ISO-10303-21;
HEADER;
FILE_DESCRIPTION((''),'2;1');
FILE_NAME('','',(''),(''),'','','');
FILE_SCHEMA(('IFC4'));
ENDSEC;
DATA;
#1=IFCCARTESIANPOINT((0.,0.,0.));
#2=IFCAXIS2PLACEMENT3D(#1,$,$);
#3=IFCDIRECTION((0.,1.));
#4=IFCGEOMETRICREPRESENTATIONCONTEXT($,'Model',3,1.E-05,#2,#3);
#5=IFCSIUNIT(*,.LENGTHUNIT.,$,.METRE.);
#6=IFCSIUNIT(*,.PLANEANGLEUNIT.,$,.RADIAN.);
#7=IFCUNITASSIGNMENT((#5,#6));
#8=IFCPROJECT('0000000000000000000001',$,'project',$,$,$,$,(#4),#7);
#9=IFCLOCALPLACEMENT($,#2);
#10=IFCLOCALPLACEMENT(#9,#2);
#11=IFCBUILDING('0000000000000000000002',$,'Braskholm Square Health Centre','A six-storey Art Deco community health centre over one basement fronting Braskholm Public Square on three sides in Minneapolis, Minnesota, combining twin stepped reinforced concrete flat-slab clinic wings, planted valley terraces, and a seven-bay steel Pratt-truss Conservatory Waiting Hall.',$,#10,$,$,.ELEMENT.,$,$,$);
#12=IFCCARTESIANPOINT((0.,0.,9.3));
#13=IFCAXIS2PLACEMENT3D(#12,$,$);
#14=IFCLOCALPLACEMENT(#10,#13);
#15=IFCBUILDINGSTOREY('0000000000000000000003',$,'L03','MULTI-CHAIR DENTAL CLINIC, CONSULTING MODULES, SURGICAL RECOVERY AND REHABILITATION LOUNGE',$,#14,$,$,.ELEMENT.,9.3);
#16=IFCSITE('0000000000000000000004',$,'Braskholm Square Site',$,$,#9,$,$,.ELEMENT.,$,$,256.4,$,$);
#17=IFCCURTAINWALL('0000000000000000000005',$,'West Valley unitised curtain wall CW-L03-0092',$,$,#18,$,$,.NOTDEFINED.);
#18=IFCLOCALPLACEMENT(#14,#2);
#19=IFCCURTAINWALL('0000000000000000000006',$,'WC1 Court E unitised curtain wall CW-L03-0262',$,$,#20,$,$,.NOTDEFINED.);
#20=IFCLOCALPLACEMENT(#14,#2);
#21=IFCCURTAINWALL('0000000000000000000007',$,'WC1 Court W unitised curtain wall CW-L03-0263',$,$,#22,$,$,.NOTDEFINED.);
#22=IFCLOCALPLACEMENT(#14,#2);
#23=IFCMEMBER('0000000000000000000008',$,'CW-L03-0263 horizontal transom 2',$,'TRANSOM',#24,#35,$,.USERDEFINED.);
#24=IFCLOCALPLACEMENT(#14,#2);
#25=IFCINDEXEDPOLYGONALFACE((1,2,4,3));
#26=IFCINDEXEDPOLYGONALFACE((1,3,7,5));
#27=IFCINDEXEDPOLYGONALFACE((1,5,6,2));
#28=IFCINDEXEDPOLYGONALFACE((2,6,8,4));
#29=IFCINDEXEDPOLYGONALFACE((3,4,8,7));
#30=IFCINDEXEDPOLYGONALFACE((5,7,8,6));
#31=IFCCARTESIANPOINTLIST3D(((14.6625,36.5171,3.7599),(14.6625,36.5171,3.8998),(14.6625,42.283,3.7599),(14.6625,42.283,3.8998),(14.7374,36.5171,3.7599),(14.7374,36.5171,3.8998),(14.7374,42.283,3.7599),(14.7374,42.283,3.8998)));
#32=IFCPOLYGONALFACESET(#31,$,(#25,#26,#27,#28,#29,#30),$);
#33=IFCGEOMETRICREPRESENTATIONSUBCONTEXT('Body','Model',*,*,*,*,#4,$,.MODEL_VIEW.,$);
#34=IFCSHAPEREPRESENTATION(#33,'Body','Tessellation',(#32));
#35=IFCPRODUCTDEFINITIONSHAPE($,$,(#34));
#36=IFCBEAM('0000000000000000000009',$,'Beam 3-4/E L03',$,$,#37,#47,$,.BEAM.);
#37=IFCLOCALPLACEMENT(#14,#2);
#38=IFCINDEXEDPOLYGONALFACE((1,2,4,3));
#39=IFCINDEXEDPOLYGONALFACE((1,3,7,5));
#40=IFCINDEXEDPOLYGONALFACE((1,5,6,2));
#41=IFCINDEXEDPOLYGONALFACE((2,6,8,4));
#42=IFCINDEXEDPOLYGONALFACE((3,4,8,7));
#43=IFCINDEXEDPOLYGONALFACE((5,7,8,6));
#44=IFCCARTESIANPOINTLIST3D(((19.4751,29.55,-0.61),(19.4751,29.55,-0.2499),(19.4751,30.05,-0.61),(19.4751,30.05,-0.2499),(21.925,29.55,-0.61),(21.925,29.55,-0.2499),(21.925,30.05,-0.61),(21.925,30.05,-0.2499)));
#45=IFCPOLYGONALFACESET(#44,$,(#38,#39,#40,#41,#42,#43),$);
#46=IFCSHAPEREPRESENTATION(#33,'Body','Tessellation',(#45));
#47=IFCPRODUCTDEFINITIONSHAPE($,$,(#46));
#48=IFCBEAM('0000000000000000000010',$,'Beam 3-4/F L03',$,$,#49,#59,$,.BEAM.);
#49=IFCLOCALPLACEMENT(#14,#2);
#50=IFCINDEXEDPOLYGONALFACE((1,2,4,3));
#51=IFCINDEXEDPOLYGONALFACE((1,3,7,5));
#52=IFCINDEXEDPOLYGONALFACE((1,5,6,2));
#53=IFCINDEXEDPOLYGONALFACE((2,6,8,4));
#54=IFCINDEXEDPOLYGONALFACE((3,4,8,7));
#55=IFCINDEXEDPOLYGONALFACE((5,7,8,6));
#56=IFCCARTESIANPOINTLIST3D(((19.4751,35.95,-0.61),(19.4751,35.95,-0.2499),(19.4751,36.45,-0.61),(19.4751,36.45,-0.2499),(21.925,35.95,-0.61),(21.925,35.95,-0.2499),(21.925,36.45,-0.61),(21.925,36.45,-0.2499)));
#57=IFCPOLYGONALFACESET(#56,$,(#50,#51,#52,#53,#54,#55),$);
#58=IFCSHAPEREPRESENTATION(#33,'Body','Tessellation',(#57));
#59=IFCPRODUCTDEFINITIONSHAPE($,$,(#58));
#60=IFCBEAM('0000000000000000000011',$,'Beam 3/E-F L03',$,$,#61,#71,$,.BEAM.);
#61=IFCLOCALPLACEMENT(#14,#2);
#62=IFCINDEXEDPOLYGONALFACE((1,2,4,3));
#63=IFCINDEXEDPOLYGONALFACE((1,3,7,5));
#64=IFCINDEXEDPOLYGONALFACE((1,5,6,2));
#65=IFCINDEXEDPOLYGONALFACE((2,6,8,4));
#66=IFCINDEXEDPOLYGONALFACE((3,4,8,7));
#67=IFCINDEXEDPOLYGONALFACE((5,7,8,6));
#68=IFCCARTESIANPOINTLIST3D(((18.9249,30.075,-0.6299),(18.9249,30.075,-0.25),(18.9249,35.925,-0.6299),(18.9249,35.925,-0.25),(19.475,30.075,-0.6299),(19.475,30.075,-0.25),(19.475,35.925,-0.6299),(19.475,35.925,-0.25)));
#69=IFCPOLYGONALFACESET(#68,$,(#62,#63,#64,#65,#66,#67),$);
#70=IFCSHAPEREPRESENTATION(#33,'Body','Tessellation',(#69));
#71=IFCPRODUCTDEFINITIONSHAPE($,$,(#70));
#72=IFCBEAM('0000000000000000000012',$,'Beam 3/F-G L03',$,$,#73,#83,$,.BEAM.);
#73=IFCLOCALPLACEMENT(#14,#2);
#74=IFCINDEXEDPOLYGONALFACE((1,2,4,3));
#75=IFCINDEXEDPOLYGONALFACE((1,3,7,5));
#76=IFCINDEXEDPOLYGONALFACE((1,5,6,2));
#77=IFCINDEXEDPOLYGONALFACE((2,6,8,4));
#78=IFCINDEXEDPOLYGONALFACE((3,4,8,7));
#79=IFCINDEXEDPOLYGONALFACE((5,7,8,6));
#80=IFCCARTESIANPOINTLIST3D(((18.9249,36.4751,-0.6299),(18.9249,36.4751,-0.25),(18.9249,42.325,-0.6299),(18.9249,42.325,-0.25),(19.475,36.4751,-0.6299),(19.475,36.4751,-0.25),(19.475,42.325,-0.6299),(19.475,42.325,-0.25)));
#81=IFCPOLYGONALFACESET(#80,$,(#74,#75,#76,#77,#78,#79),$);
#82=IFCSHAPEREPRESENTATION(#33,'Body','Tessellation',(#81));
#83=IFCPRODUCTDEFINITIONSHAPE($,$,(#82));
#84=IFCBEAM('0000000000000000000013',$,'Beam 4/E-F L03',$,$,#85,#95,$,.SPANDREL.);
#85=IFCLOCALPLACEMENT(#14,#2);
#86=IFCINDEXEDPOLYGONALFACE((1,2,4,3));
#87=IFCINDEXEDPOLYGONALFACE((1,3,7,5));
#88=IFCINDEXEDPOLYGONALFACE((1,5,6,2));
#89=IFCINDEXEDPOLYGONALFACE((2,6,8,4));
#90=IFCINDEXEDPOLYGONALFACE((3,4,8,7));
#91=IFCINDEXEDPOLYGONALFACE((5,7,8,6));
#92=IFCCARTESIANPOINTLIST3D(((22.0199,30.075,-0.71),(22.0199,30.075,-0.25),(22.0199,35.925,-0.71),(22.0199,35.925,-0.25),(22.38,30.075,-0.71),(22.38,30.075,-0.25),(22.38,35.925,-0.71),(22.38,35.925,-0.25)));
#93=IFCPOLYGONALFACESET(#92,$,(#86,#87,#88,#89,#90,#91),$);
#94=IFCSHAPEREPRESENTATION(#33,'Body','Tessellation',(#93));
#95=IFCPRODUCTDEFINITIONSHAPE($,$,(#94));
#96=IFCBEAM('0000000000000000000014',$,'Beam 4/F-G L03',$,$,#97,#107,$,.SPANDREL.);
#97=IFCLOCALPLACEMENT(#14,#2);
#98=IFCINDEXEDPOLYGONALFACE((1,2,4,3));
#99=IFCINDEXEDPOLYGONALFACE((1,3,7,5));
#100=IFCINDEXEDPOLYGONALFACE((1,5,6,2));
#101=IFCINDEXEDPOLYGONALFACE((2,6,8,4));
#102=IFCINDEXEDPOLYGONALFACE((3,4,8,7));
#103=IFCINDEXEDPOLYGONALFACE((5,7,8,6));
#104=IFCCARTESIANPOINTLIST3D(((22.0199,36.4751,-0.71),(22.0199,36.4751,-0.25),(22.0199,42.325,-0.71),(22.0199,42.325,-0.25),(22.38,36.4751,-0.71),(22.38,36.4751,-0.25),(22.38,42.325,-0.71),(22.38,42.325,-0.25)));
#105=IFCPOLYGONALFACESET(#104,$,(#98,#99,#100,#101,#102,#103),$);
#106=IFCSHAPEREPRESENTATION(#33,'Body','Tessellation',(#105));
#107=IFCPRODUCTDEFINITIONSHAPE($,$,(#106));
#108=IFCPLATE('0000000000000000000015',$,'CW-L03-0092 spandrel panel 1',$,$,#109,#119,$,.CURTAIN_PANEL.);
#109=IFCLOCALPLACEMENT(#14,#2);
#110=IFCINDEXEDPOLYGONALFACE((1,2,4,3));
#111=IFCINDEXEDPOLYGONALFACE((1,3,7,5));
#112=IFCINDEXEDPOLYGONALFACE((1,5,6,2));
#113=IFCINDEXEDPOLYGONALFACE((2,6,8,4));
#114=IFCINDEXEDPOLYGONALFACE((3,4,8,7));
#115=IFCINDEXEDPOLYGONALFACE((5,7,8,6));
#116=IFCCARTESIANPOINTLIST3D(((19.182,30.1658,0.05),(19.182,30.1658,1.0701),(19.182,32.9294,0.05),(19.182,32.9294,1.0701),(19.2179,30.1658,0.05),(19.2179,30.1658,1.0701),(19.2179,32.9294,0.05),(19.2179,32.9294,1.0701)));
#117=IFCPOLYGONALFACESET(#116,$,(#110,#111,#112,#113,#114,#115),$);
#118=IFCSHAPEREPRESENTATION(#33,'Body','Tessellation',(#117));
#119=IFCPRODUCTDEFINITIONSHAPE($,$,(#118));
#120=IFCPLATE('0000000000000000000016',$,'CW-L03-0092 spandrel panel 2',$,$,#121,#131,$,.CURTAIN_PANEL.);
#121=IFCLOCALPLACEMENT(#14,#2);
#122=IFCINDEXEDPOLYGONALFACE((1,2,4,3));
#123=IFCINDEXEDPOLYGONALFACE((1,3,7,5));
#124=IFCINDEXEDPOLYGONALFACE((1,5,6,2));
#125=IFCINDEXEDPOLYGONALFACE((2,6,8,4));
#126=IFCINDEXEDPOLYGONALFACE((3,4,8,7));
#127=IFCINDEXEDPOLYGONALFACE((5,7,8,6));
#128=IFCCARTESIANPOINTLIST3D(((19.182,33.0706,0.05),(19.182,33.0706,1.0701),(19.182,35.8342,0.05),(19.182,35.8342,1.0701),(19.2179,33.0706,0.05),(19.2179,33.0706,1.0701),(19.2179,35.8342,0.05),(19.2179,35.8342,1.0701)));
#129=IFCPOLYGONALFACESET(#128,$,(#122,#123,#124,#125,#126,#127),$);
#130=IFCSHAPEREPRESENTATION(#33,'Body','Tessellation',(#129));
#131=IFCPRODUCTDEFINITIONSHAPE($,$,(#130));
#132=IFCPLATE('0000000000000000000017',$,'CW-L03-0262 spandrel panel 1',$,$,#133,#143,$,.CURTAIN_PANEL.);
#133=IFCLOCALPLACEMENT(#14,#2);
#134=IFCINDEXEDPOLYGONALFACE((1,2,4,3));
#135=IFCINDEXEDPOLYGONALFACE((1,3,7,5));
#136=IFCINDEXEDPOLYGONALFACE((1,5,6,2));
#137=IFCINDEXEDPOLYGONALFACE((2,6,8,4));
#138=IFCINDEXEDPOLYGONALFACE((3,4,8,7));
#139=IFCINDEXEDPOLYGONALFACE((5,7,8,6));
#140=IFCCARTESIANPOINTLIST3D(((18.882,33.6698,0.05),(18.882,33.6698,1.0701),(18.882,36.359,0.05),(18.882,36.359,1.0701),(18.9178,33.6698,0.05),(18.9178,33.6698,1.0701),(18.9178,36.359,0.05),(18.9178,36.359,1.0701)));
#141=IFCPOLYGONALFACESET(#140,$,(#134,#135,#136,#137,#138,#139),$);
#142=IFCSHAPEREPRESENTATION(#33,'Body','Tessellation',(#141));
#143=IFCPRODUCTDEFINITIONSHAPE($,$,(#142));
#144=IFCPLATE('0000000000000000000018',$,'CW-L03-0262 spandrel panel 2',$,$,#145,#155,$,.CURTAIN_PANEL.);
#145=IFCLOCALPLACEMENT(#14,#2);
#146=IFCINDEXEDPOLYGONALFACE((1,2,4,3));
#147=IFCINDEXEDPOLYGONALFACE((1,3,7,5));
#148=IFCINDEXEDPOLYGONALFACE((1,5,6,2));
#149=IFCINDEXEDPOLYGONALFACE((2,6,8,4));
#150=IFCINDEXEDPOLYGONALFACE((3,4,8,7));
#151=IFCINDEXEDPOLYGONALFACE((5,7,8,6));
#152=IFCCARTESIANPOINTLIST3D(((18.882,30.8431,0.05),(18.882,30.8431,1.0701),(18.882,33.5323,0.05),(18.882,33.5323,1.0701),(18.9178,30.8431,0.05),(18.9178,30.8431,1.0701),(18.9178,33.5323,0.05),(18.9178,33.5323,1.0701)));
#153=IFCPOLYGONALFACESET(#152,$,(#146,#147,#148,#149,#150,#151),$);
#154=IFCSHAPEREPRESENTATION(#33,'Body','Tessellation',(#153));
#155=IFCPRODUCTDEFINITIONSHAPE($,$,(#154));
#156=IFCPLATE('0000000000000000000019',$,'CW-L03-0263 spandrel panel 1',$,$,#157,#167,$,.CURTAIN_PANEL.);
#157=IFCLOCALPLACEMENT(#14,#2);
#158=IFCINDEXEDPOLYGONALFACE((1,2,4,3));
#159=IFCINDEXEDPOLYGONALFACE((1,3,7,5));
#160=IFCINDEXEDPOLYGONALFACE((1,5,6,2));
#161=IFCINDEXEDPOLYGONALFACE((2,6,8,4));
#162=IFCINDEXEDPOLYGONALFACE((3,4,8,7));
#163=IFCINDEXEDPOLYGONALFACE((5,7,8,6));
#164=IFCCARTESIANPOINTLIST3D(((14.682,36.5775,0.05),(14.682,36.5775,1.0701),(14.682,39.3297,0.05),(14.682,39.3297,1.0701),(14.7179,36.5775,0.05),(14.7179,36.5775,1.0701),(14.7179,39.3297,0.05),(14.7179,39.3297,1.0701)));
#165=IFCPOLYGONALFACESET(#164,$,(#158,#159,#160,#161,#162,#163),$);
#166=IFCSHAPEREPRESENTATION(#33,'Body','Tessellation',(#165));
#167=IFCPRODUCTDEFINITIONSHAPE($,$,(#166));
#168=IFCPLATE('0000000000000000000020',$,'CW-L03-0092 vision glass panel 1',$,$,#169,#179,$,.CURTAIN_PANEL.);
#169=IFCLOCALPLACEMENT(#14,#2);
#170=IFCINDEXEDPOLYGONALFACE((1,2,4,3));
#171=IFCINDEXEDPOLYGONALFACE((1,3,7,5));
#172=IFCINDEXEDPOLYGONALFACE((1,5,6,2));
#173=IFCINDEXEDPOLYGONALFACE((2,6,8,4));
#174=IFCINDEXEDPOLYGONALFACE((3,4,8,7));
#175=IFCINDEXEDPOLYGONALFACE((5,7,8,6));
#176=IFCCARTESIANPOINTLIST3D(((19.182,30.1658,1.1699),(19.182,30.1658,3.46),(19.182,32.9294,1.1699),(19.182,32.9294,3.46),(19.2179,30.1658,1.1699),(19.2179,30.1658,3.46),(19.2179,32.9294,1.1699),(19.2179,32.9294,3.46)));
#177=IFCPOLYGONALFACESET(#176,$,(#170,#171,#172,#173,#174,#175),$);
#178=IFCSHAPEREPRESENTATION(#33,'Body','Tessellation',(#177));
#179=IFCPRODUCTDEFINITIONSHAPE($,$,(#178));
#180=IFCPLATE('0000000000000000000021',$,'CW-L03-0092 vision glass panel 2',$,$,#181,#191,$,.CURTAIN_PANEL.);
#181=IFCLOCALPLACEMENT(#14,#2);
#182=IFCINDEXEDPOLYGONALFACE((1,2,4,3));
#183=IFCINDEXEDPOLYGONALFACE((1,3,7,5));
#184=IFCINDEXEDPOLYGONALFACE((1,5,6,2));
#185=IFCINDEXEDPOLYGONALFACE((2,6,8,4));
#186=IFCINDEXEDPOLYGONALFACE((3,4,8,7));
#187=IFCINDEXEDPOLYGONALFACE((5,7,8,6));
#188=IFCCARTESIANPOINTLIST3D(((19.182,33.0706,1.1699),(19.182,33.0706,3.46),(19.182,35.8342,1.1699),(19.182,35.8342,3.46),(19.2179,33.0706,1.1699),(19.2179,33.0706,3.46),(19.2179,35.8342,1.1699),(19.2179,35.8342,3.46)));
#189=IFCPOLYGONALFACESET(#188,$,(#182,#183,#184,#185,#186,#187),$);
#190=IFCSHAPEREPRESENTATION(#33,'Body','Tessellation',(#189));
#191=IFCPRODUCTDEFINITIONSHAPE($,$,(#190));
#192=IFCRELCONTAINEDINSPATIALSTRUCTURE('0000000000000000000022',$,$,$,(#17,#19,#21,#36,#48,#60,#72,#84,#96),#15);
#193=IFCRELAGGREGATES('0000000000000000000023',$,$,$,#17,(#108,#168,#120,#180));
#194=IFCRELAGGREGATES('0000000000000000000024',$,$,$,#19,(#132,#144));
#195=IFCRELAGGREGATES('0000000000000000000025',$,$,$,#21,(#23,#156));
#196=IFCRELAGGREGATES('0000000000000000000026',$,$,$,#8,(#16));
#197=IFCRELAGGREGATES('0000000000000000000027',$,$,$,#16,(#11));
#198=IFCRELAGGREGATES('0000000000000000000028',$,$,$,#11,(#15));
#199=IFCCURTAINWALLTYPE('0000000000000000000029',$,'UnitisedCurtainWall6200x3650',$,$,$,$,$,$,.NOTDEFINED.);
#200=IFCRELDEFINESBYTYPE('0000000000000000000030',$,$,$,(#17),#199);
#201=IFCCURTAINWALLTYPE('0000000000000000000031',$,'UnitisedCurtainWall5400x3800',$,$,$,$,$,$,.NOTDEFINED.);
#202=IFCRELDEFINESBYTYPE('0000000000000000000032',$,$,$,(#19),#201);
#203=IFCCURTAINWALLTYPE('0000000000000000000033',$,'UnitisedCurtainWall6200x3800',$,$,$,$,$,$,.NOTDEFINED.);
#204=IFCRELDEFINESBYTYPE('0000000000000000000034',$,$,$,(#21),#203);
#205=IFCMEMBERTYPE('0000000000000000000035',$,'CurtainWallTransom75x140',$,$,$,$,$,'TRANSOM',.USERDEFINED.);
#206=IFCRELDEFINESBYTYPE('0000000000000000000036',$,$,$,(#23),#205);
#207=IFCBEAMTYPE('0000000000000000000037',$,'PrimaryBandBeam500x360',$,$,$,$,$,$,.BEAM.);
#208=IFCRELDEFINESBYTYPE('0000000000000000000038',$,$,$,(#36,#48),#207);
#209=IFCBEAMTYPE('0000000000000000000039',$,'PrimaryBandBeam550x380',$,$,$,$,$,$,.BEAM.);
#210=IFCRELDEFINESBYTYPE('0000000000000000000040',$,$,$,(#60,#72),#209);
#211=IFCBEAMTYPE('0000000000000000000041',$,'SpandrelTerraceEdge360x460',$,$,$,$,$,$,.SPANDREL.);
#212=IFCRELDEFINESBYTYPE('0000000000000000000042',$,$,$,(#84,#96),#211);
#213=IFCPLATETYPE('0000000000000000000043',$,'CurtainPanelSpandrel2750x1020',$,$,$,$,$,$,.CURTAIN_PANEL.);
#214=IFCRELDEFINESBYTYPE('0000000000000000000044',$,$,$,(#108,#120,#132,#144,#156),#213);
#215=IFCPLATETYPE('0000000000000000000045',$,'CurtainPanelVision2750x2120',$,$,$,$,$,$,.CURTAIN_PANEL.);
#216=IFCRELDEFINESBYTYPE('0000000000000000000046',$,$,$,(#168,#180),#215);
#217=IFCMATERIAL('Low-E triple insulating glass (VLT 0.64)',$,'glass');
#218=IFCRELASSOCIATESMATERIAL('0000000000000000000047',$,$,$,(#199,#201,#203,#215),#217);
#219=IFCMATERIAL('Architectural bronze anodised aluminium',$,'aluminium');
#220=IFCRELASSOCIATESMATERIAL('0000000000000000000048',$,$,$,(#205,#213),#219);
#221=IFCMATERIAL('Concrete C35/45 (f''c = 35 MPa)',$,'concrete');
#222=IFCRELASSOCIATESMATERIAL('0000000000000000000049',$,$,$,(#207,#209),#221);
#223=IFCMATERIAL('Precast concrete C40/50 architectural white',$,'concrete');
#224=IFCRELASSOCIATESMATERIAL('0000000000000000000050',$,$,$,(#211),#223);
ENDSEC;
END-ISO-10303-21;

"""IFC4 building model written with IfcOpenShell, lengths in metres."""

from ifc_helpers import new_model, si_unit, direction, frame, origin, origin_2d, place, context, subcontext, project, spatial, rectangle, extrude, material, material_profile, profile_set, type_object, element, aggregate, save


model = new_model("IFC4")

# Units and contexts
model_context = context("Model", 3, precision=1e-05, world=origin(), true_north=direction((0.0, 1.0)))
body_context = subcontext(model_context, "Body", "Model", "MODEL_VIEW")
ifc_project = project(units=[si_unit("LENGTHUNIT", "METRE"), si_unit("PLANEANGLEUNIT", "RADIAN")], contexts=[model_context])

# Site, building, storey
site_placement = place(None, origin())
site = spatial("IfcSite", under=ifc_project, at=site_placement, Name="Braskholm Square Site", CompositionType="ELEMENT", RefElevation=256.4)
building_placement = place(site_placement, origin())
building = spatial("IfcBuilding", under=site, at=building_placement, Name="Braskholm Square Health Centre", Description="A six-storey Art Deco community health centre over one basement fronting Braskholm Public Square on three sides in Minneapolis, Minnesota, combining twin stepped reinforced concrete flat-slab clinic wings, planted valley terraces, and a seven-bay steel Pratt-truss Conservatory Waiting Hall.", CompositionType="ELEMENT")
storey_placement = place(building_placement, frame((0.0, 0.0, 9.3)))
storey = spatial("IfcBuildingStorey", under=building, at=storey_placement, Name="L03", Description="MULTI-CHAIR DENTAL CLINIC, CONSULTING MODULES, SURGICAL RECOVERY AND REHABILITATION LOUNGE", CompositionType="ELEMENT", Elevation=9.3)

# Curtain walls
ifc_material_1 = material(Name="Low-E triple insulating glass (VLT 0.64)", Category="glass")
curtain_wall_type_1 = type_object("IfcCurtainWallType", Name="UnitisedCurtainWall6200x3650", PredefinedType="NOTDEFINED", material=ifc_material_1)
curtain_wall_1_placement = place(storey_placement, origin())
curtain_wall_1 = element("IfcCurtainWall", 1, at=curtain_wall_1_placement, inside=storey, type_object=curtain_wall_type_1, Name="West Valley unitised curtain wall CW-L03-0092", PredefinedType="NOTDEFINED")
ifc_material_2 = material(Name="Architectural bronze anodised aluminium", Category="aluminium")
curtain_wall_type_2 = type_object("IfcCurtainWallType", Name="UnitisedCurtainWall5400x3800", PredefinedType="NOTDEFINED", material=ifc_material_1)
curtain_wall_2_placement = place(storey_placement, origin())
curtain_wall_2 = element("IfcCurtainWall", 2, at=curtain_wall_2_placement, inside=storey, type_object=curtain_wall_type_2, Name="WC1 Court E unitised curtain wall CW-L03-0262", PredefinedType="NOTDEFINED")

# Curtain wall
curtain_wall_type_3 = type_object("IfcCurtainWallType", Name="UnitisedCurtainWall6200x3800", PredefinedType="NOTDEFINED", material=ifc_material_1)
curtain_wall_3_placement = place(storey_placement, origin())
curtain_wall_3 = element("IfcCurtainWall", 3, at=curtain_wall_3_placement, inside=storey, type_object=curtain_wall_type_3, Name="WC1 Court W unitised curtain wall CW-L03-0263", PredefinedType="NOTDEFINED")

# Member
ifc_material_profile_1 = material_profile(ifc_material_2, rectangle(XDim=0.075, YDim=0.1399, at=origin_2d()), Name="ALU-75X140")
ifc_profile_set_1 = profile_set([ifc_material_profile_1], Name="Architectural bronze anodised aluminium")
member_type_1 = type_object("IfcMemberType", Name="CurtainWallTransom75x140", ElementType="TRANSOM", PredefinedType="USERDEFINED", material=ifc_profile_set_1)
member_1_placement = place(storey_placement, frame((14.7, 36.5171, 3.8298), z_axis=(0.0, 1.0, 0.0), x_axis=(-1.0, 0.0, 0.0)))
member_1 = element("IfcMember", 4, at=member_1_placement, type_object=member_type_1, Name="CW-L03-0263 horizontal transom 2", ObjectType="TRANSOM", PredefinedType="USERDEFINED", context=body_context, shape_type="SweptSolid", body=[
    extrude(rectangle(XDim=0.075, YDim=0.1399, at=origin_2d()), origin(), (0.0, 0.0, 1.0), 5.7659),
])

# Beams
ifc_material_3 = material(Name="Concrete C35/45 (f'c = 35 MPa)", Category="concrete")
ifc_material_profile_2 = material_profile(ifc_material_3, rectangle(XDim=0.5, YDim=0.3601, at=origin_2d()), Name="RCB-500X360")
ifc_profile_set_2 = profile_set([ifc_material_profile_2], Name="Concrete C35/45 (f'c = 35 MPa)")
beam_type_1 = type_object("IfcBeamType", Name="PrimaryBandBeam500x360", PredefinedType="BEAM", material=ifc_profile_set_2)
for number, where, z_axis, x_axis, name in (
    (5, (19.4751, 29.8, -0.4299), (1.0, 0.0, 0.0), (0.0, 1.0, 0.0), "Beam 3-4/E L03"),
    (6, (19.4751, 36.2, -0.4299), (1.0, 0.0, 0.0), (0.0, 1.0, 0.0), "Beam 3-4/F L03"),
):
    element("IfcBeam", number, at=place(storey_placement, frame(where, z_axis=z_axis, x_axis=x_axis)), inside=storey, type_object=beam_type_1, Name=name, PredefinedType="BEAM", context=body_context, shape_type="SweptSolid", body=[
        extrude(rectangle(XDim=0.5, YDim=0.3601, at=origin_2d()), origin(), (0.0, 0.0, 1.0), 2.45),
    ])
ifc_material_profile_3 = material_profile(ifc_material_3, rectangle(XDim=0.55, YDim=0.3799, at=origin_2d()), Name="RCB-550X380")
ifc_profile_set_3 = profile_set([ifc_material_profile_3], Name="Concrete C35/45 (f'c = 35 MPa)")
beam_type_2 = type_object("IfcBeamType", Name="PrimaryBandBeam550x380", PredefinedType="BEAM", material=ifc_profile_set_3)
beam_1_placement = place(storey_placement, frame((19.2, 30.075, -0.4399), z_axis=(0.0, 1.0, 0.0), x_axis=(-1.0, 0.0, 0.0)))
element("IfcBeam", 7, at=beam_1_placement, inside=storey, type_object=beam_type_2, Name="Beam 3/E-F L03", PredefinedType="BEAM", context=body_context, shape_type="SweptSolid", body=[
    extrude(rectangle(XDim=0.55, YDim=0.3799, at=origin_2d()), origin(), (0.0, 0.0, 1.0), 5.8501),
])
beam_2_placement = place(storey_placement, frame((19.2, 36.4751, -0.4399), z_axis=(0.0, 1.0, 0.0), x_axis=(-1.0, 0.0, 0.0)))
element("IfcBeam", 8, at=beam_2_placement, inside=storey, type_object=beam_type_2, Name="Beam 3/F-G L03", PredefinedType="BEAM", context=body_context, shape_type="SweptSolid", body=[
    extrude(rectangle(XDim=0.55, YDim=0.3799, at=origin_2d()), origin(), (0.0, 0.0, 1.0), 5.8499),
])
ifc_material_4 = material(Name="Precast concrete C40/50 architectural white", Category="concrete")
ifc_material_profile_4 = material_profile(ifc_material_4, rectangle(XDim=0.3601, YDim=0.46, at=origin_2d()), Name="RCB-360X460")
ifc_profile_set_4 = profile_set([ifc_material_profile_4], Name="Precast concrete C40/50 architectural white")
beam_type_3 = type_object("IfcBeamType", Name="SpandrelTerraceEdge360x460", PredefinedType="SPANDREL", material=ifc_profile_set_4)
beam_3_placement = place(storey_placement, frame((22.2, 30.075, -0.48), z_axis=(0.0, 1.0, 0.0), x_axis=(-1.0, 0.0, 0.0)))
element("IfcBeam", 9, at=beam_3_placement, inside=storey, type_object=beam_type_3, Name="Beam 4/E-F L03", PredefinedType="SPANDREL", context=body_context, shape_type="SweptSolid", body=[
    extrude(rectangle(XDim=0.3601, YDim=0.46, at=origin_2d()), origin(), (0.0, 0.0, 1.0), 5.8501),
])
beam_4_placement = place(storey_placement, frame((22.2, 36.4751, -0.48), z_axis=(0.0, 1.0, 0.0), x_axis=(-1.0, 0.0, 0.0)))
element("IfcBeam", 10, at=beam_4_placement, inside=storey, type_object=beam_type_3, Name="Beam 4/F-G L03", PredefinedType="SPANDREL", context=body_context, shape_type="SweptSolid", body=[
    extrude(rectangle(XDim=0.3601, YDim=0.46, at=origin_2d()), origin(), (0.0, 0.0, 1.0), 5.8499),
])

# Plates
plate_type_1 = type_object("IfcPlateType", Name="CurtainPanelSpandrel2750x1020", PredefinedType="CURTAIN_PANEL", material=ifc_material_2)
plate_1_placement = place(storey_placement, frame((19.2, 31.5476, 0.05), z_axis=(0.0, 0.0, 1.0), x_axis=(0.0, 1.0, 0.0)))
plate_1 = element("IfcPlate", 11, at=plate_1_placement, type_object=plate_type_1, Name="CW-L03-0092 spandrel panel 1", PredefinedType="CURTAIN_PANEL", context=body_context, shape_type="SweptSolid", body=[
    extrude(rectangle(XDim=2.7637, YDim=0.0359, at=origin_2d()), origin(), (0.0, 0.0, 1.0), 1.02),
])
plate_2_placement = place(storey_placement, frame((19.2, 34.4524, 0.05), z_axis=(0.0, 0.0, 1.0), x_axis=(0.0, 1.0, 0.0)))
plate_2 = element("IfcPlate", 12, at=plate_2_placement, type_object=plate_type_1, Name="CW-L03-0092 spandrel panel 2", PredefinedType="CURTAIN_PANEL", context=body_context, shape_type="SweptSolid", body=[
    extrude(rectangle(XDim=2.7637, YDim=0.0359, at=origin_2d()), origin(), (0.0, 0.0, 1.0), 1.02),
])
plate_3_placement = place(storey_placement, frame((18.8999, 35.0144, 0.05), z_axis=(0.0, 0.0, 1.0), x_axis=(0.0, -1.0, 0.0)))
plate_3 = element("IfcPlate", 13, at=plate_3_placement, type_object=plate_type_1, Name="CW-L03-0262 spandrel panel 1", PredefinedType="CURTAIN_PANEL", context=body_context, shape_type="SweptSolid", body=[
    extrude(rectangle(XDim=2.6892, YDim=0.0359, at=origin_2d()), origin(), (0.0, 0.0, 1.0), 1.02),
])
plate_4_placement = place(storey_placement, frame((18.8999, 32.1877, 0.05), z_axis=(0.0, 0.0, 1.0), x_axis=(0.0, -1.0, 0.0)))
plate_4 = element("IfcPlate", 14, at=plate_4_placement, type_object=plate_type_1, Name="CW-L03-0262 spandrel panel 2", PredefinedType="CURTAIN_PANEL", context=body_context, shape_type="SweptSolid", body=[
    extrude(rectangle(XDim=2.6892, YDim=0.0359, at=origin_2d()), origin(), (0.0, 0.0, 1.0), 1.02),
])
plate_5_placement = place(storey_placement, frame((14.7, 37.9536, 0.05), z_axis=(0.0, 0.0, 1.0), x_axis=(0.0, 1.0, 0.0)))
plate_5 = element("IfcPlate", 15, at=plate_5_placement, type_object=plate_type_1, Name="CW-L03-0263 spandrel panel 1", PredefinedType="CURTAIN_PANEL", context=body_context, shape_type="SweptSolid", body=[
    extrude(rectangle(XDim=2.7522, YDim=0.0359, at=origin_2d()), origin(), (0.0, 0.0, 1.0), 1.02),
])
plate_type_2 = type_object("IfcPlateType", Name="CurtainPanelVision2750x2120", PredefinedType="CURTAIN_PANEL", material=ifc_material_1)
plate_6_placement = place(storey_placement, frame((19.2, 31.5476, 1.1699), z_axis=(0.0, 0.0, 1.0), x_axis=(0.0, 1.0, 0.0)))
plate_6 = element("IfcPlate", 16, at=plate_6_placement, type_object=plate_type_2, Name="CW-L03-0092 vision glass panel 1", PredefinedType="CURTAIN_PANEL", context=body_context, shape_type="SweptSolid", body=[
    extrude(rectangle(XDim=2.7637, YDim=0.0359, at=origin_2d()), origin(), (0.0, 0.0, 1.0), 2.29),
])
plate_7_placement = place(storey_placement, frame((19.2, 34.4524, 1.1699), z_axis=(0.0, 0.0, 1.0), x_axis=(0.0, 1.0, 0.0)))
plate_7 = element("IfcPlate", 17, at=plate_7_placement, type_object=plate_type_2, Name="CW-L03-0092 vision glass panel 2", PredefinedType="CURTAIN_PANEL", context=body_context, shape_type="SweptSolid", body=[
    extrude(rectangle(XDim=2.7637, YDim=0.0359, at=origin_2d()), origin(), (0.0, 0.0, 1.0), 2.29),
])
aggregate(curtain_wall_1, [plate_1, plate_6, plate_2, plate_7])
aggregate(curtain_wall_2, [plate_3, plate_4])
aggregate(curtain_wall_3, [member_1, plate_5])

save(model, "model.ifc")
